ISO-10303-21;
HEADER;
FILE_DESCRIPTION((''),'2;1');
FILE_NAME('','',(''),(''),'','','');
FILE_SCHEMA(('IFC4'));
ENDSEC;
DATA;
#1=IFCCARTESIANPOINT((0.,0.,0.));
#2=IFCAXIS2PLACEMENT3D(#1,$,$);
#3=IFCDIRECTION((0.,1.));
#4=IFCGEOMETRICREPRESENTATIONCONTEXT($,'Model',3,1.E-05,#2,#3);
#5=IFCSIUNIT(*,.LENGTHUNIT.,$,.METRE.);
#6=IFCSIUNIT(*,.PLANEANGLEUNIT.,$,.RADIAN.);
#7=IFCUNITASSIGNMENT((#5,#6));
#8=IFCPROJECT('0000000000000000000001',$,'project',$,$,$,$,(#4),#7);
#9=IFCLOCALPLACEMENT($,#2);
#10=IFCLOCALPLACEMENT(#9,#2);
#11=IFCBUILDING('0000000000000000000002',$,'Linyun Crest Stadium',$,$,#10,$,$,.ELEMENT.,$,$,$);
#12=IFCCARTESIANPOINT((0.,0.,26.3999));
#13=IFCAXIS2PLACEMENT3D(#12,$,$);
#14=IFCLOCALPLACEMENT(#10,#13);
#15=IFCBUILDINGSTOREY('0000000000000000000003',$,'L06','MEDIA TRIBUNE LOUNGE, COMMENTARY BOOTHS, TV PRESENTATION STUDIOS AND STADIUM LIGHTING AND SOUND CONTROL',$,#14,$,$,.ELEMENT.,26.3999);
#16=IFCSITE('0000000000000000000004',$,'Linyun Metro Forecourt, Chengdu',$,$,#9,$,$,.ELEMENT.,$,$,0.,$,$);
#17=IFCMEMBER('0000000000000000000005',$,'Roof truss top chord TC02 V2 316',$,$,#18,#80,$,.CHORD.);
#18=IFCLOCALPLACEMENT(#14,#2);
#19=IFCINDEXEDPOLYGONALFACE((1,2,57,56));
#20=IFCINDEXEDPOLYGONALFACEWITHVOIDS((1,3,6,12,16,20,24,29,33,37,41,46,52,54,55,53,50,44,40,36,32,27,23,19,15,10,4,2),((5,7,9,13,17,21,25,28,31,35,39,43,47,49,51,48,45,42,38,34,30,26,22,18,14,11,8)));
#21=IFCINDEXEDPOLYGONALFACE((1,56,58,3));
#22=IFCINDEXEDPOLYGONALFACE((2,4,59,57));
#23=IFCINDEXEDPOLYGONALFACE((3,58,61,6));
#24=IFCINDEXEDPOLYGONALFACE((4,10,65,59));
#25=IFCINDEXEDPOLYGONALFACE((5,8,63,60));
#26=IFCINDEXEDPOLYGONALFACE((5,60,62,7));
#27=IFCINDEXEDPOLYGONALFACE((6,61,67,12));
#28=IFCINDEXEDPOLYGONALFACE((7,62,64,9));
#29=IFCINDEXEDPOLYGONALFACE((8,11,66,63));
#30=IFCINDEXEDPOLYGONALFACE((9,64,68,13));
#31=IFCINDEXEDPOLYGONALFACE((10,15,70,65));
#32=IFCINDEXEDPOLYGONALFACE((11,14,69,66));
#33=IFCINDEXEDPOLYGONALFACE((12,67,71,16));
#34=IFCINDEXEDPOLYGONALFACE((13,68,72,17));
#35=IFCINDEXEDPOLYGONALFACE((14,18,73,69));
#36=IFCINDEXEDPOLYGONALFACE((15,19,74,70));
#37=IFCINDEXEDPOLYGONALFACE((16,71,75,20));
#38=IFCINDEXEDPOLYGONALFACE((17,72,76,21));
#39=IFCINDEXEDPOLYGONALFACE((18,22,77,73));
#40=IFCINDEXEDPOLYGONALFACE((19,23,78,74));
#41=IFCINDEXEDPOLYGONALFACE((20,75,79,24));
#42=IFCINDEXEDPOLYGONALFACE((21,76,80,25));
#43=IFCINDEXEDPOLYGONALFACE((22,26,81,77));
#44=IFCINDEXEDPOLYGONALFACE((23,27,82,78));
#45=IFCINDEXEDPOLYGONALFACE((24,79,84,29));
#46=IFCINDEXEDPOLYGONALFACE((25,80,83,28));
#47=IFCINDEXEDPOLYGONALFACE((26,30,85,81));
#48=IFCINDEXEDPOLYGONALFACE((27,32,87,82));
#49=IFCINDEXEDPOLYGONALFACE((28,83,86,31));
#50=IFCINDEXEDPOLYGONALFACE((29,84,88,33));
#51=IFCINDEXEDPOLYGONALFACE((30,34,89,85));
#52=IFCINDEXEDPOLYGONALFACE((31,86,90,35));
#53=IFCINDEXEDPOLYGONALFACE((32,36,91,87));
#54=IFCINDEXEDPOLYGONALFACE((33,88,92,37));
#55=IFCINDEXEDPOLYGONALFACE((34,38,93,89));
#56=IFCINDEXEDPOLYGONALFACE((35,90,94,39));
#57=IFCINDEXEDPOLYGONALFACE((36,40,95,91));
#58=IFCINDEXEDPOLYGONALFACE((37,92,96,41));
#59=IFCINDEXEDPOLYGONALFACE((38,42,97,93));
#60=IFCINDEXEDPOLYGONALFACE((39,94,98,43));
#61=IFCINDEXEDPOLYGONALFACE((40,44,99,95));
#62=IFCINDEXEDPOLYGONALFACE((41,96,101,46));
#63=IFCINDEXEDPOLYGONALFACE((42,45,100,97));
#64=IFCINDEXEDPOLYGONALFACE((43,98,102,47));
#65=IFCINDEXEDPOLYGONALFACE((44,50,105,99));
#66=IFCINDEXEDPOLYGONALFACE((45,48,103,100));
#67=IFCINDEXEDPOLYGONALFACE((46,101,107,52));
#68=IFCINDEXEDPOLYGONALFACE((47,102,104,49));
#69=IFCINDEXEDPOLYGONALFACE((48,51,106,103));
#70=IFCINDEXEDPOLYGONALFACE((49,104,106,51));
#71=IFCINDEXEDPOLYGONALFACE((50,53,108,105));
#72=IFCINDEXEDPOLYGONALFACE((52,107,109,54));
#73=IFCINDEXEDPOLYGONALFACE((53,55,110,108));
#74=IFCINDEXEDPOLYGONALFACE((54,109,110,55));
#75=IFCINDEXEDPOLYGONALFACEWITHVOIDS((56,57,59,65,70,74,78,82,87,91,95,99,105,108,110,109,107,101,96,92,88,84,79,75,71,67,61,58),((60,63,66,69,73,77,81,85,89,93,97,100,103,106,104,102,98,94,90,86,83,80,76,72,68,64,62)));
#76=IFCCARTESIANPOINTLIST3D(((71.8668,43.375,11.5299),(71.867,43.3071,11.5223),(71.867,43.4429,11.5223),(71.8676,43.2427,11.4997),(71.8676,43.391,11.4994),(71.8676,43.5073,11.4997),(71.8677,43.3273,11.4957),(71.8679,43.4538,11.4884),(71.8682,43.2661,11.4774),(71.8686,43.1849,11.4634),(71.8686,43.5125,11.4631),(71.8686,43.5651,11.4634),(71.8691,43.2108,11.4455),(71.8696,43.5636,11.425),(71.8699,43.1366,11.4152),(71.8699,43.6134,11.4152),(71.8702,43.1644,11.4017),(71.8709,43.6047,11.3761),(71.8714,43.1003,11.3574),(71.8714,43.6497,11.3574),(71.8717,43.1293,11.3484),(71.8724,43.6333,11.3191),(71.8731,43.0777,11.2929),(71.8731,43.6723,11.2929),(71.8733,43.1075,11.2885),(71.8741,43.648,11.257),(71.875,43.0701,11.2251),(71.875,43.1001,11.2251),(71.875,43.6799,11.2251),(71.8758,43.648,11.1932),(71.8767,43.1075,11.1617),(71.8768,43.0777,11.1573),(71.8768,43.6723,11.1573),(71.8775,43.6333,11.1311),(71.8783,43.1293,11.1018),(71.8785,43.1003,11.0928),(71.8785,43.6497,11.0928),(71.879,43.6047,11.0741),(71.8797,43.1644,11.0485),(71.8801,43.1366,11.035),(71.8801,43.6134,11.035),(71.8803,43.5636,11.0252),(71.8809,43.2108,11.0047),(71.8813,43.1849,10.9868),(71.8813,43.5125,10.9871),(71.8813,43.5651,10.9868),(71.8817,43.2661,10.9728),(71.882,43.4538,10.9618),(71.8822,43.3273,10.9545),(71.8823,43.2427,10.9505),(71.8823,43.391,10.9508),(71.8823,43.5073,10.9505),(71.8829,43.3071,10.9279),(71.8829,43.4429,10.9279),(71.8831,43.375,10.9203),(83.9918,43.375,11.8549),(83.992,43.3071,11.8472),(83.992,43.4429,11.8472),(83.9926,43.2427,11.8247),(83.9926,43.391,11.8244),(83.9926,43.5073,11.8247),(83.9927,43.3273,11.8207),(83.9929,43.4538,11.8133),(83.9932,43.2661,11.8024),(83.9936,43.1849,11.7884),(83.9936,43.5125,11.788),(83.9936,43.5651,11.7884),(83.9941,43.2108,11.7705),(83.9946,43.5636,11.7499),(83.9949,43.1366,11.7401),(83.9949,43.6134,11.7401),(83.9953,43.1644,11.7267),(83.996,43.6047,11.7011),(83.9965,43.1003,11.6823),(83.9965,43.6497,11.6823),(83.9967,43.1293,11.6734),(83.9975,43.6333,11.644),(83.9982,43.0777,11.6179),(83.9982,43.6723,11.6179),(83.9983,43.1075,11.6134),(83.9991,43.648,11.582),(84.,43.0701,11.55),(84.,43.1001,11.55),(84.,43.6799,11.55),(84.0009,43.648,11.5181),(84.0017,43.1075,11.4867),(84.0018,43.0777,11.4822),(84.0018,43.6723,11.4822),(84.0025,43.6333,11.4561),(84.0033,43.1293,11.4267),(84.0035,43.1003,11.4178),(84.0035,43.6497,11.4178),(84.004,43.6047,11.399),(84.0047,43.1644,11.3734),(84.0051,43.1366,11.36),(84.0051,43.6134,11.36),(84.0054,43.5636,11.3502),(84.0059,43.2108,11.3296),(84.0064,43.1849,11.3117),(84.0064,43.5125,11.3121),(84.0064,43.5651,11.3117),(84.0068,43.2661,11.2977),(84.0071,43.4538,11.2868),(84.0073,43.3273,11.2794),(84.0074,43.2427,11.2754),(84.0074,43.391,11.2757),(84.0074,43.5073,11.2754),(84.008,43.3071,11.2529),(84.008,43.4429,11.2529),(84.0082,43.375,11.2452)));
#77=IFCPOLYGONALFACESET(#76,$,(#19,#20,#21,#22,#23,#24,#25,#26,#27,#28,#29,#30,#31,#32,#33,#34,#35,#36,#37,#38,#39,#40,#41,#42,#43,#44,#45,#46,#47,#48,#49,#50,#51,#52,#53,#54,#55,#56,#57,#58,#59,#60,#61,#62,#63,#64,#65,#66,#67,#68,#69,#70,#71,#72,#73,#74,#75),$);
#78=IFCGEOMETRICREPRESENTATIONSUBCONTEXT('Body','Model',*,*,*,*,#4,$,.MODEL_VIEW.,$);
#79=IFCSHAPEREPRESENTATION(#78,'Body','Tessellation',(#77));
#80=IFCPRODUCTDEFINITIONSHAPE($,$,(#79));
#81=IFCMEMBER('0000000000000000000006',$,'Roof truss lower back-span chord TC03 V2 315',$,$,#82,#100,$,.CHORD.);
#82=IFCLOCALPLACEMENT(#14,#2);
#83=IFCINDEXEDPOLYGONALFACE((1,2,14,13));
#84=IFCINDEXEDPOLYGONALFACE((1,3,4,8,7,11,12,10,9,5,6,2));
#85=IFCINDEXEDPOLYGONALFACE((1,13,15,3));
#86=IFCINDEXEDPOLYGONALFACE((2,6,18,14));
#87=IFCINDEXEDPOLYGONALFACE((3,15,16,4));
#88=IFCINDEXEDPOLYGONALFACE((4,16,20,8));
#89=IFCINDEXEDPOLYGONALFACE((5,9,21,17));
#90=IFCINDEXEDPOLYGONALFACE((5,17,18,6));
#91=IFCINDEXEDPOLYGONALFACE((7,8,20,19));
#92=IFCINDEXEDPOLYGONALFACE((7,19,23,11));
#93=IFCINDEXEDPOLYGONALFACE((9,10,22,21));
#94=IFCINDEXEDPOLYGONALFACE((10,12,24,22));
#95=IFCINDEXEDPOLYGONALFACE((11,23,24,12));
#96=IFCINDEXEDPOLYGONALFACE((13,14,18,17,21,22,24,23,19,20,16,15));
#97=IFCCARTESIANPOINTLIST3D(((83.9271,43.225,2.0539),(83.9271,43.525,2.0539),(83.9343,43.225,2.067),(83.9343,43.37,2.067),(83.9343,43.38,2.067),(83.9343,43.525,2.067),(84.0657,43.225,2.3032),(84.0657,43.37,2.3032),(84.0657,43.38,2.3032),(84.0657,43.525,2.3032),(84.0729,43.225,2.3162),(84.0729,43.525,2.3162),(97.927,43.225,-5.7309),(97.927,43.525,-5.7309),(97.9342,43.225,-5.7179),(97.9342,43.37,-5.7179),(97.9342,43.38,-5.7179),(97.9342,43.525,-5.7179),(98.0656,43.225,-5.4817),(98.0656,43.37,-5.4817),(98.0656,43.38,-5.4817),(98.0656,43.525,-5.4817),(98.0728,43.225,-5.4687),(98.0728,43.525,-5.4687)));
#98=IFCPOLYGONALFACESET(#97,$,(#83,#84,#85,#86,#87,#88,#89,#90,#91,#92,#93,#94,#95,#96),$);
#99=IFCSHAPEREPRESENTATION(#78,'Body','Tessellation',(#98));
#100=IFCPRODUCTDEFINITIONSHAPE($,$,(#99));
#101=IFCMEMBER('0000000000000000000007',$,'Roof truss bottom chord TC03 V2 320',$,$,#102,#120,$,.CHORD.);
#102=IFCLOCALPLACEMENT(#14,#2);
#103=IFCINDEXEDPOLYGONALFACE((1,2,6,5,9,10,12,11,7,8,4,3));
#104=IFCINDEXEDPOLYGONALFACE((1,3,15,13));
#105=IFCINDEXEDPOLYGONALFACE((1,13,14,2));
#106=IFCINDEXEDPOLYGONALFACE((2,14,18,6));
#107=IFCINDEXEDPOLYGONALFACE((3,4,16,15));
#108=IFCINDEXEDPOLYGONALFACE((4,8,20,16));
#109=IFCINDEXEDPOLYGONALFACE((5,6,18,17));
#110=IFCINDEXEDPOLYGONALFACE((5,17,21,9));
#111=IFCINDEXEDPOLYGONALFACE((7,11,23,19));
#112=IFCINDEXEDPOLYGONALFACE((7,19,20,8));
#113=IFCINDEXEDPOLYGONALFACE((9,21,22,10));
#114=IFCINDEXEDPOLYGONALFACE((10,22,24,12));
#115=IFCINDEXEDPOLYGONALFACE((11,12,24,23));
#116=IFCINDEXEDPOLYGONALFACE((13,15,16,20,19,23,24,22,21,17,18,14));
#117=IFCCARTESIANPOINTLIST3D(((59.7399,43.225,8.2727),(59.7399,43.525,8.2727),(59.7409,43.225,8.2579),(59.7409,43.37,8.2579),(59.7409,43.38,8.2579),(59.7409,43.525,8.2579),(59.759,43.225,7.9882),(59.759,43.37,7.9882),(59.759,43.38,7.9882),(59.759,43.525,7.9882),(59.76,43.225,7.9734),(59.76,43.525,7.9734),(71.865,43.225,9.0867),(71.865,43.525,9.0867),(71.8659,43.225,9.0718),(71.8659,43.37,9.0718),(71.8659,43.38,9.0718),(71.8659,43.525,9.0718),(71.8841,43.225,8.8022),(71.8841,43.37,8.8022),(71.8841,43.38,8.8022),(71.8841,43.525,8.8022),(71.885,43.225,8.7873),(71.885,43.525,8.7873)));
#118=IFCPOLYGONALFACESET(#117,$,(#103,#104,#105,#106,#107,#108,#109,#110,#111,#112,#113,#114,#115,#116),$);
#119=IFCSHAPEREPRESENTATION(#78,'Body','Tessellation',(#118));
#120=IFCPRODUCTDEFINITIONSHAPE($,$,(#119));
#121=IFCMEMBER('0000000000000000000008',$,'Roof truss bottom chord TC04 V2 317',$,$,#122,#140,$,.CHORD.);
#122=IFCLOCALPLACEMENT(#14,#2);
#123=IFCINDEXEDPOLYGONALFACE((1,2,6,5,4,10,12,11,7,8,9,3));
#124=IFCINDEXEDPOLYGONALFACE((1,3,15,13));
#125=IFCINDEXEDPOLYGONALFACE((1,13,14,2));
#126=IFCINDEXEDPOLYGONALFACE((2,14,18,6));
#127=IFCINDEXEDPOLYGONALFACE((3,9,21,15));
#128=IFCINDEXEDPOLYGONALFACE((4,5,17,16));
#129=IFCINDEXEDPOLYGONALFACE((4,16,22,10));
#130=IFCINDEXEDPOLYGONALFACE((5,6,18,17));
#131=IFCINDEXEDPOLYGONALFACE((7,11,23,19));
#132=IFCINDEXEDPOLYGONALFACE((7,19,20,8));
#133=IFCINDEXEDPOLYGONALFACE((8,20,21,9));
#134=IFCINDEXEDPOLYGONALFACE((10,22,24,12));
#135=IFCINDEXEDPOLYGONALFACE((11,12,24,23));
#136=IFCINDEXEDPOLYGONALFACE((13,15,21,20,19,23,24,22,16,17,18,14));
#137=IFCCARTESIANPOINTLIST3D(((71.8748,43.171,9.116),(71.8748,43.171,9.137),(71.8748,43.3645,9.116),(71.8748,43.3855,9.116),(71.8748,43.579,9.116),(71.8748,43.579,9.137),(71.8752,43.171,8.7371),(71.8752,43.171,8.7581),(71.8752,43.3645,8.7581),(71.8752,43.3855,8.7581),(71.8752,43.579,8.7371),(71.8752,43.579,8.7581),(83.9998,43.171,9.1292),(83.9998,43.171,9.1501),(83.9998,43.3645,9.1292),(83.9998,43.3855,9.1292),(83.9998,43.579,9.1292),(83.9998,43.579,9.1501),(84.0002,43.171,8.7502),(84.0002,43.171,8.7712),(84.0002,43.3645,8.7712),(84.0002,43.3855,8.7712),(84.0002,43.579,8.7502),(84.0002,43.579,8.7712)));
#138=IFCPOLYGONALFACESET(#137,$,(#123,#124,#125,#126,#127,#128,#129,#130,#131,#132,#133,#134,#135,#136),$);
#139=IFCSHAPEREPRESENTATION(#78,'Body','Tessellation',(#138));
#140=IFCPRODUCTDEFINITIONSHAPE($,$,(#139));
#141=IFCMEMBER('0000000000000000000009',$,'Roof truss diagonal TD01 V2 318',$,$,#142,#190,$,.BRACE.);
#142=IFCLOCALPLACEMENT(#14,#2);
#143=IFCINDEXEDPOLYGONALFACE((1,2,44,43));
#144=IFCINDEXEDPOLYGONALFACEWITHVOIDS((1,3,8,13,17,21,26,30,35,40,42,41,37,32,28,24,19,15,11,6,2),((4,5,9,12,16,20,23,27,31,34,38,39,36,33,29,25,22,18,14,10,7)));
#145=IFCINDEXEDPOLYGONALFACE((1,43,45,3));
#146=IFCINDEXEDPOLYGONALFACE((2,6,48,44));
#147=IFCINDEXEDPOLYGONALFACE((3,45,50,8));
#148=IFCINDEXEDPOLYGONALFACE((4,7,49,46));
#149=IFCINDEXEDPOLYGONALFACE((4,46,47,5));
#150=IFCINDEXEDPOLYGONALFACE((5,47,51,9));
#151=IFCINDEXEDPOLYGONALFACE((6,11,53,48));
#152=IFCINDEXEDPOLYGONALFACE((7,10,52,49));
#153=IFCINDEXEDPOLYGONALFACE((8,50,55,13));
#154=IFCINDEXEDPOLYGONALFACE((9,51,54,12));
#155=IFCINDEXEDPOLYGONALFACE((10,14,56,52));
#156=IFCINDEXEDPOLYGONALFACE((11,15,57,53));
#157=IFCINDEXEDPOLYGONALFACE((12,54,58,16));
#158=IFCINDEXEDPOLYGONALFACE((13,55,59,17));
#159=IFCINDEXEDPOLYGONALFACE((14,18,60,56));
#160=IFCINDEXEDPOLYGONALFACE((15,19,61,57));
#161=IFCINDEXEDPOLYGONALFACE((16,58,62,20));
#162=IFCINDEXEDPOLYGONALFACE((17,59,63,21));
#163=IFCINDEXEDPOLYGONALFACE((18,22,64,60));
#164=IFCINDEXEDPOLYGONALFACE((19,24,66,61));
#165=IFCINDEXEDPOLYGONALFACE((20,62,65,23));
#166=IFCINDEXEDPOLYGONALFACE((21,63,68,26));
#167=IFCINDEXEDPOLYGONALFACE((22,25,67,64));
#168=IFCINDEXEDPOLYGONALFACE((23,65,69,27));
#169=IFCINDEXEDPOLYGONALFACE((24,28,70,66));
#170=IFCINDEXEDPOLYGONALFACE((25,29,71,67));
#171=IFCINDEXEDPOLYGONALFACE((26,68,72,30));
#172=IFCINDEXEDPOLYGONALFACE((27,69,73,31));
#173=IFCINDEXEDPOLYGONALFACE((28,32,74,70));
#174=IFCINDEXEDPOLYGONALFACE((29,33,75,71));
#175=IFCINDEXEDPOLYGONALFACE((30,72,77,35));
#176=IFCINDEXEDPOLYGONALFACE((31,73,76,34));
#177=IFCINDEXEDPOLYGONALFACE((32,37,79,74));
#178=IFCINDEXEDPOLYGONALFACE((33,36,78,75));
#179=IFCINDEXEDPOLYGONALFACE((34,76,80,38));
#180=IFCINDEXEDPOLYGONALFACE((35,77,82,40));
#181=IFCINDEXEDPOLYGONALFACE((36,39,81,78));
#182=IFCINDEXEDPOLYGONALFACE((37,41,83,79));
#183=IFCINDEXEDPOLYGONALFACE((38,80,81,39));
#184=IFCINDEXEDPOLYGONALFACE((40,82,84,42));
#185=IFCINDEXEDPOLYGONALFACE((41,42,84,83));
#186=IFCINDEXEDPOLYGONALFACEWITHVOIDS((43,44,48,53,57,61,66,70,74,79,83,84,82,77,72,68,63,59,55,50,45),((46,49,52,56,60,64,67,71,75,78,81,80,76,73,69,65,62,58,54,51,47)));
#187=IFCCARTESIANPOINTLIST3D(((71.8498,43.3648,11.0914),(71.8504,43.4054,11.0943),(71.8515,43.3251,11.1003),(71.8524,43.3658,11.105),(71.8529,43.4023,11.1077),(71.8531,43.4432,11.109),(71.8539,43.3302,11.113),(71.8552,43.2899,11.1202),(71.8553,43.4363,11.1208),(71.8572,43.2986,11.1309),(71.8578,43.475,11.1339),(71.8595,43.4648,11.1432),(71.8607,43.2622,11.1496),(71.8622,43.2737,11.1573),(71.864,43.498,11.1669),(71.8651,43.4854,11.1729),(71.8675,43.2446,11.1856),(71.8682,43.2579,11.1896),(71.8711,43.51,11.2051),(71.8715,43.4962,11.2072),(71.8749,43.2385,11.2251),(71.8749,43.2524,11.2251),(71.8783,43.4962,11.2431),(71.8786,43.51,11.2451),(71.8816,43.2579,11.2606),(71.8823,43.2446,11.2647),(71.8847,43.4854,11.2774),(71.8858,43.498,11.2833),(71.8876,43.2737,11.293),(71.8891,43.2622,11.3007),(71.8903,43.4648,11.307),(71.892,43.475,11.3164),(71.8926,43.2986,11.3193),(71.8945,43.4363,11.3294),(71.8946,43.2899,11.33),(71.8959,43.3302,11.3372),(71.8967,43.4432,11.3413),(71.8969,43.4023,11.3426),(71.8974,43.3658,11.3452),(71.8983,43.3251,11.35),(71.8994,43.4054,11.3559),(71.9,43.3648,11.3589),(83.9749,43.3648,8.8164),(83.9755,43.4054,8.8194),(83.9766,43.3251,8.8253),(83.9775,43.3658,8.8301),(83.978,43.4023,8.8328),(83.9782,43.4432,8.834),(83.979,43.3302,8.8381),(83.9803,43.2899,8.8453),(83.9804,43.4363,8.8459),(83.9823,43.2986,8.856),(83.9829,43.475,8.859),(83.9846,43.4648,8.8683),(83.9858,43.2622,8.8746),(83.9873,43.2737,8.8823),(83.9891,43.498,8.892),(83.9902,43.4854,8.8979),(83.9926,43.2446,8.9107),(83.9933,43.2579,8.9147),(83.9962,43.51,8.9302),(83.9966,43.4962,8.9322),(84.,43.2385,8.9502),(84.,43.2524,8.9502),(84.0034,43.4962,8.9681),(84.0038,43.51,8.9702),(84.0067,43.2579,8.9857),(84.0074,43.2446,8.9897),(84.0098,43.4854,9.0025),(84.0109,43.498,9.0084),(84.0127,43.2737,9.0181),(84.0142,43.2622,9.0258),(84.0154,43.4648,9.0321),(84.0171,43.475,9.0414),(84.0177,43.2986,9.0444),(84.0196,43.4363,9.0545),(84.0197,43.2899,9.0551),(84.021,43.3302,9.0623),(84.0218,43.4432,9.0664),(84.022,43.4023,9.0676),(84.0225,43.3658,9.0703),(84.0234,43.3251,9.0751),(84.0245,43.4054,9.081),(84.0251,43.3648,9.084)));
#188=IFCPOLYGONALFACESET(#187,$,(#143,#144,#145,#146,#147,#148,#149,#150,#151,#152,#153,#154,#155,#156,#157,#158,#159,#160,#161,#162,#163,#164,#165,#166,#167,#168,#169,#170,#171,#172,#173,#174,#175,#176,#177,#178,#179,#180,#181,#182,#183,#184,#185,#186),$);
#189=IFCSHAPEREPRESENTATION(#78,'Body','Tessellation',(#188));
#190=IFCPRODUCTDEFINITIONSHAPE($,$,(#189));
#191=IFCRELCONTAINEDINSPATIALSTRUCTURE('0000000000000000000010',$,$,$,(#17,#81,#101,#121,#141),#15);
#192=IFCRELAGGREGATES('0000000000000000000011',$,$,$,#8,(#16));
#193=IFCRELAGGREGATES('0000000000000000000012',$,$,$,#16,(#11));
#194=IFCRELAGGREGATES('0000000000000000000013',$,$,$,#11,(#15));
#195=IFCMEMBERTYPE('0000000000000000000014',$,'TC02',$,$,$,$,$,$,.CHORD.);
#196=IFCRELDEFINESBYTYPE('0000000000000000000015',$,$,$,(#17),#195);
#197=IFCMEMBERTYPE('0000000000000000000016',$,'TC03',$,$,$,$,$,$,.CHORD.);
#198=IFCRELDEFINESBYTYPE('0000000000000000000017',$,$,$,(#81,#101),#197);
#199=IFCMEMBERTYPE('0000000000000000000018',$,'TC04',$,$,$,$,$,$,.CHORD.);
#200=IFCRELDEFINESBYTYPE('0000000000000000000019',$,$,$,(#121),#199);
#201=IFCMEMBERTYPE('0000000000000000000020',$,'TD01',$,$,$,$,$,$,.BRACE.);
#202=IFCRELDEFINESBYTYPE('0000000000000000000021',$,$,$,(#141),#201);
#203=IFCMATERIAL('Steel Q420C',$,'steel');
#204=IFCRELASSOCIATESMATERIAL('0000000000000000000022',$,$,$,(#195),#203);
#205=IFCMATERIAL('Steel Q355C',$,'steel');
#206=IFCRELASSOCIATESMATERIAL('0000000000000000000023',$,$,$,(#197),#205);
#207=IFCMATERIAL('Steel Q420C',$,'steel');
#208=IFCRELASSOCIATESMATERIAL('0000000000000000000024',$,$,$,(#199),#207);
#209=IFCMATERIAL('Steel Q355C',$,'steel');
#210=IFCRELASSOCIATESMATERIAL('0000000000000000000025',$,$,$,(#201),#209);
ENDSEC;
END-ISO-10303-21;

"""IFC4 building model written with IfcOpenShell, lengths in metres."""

from ifc_helpers import new_model, si_unit, direction, frame, origin, origin_2d, place, context, subcontext, project, spatial, hollow_circle, i_section, extrude, material, material_profile, profile_set, type_object, element, save


model = new_model("IFC4")

# Units and contexts
model_context = context("Model", 3, precision=1e-05, world=origin(), true_north=direction((0.0, 1.0)))
body_context = subcontext(model_context, "Body", "Model", "MODEL_VIEW")
ifc_project = project(units=[si_unit("LENGTHUNIT", "METRE"), si_unit("PLANEANGLEUNIT", "RADIAN")], contexts=[model_context])

# Site, building, storey
site_placement = place(None, origin())
site = spatial("IfcSite", under=ifc_project, at=site_placement, Name="Linyun Metro Forecourt, Chengdu", CompositionType="ELEMENT", RefElevation=0.0)
building_placement = place(site_placement, origin())
building = spatial("IfcBuilding", under=site, at=building_placement, Name="Linyun Crest Stadium", CompositionType="ELEMENT")
storey_placement = place(building_placement, frame((0.0, 0.0, 26.3999)))
storey = spatial("IfcBuildingStorey", under=building, at=storey_placement, Name="L06", Description="MEDIA TRIBUNE LOUNGE, COMMENTARY BOOTHS, TV PRESENTATION STUDIOS AND STADIUM LIGHTING AND SOUND CONTROL", CompositionType="ELEMENT", Elevation=26.3999)

# Members
ifc_material_1 = material(Name="Steel Q420C", Category="steel")
ifc_material_profile_1 = material_profile(ifc_material_1, hollow_circle(Radius=0.3049, WallThickness=0.03, at=origin_2d()), Name="CHS 610x30")
ifc_profile_set_1 = profile_set([ifc_material_profile_1], Name="Steel Q420C")
member_type_1 = type_object("IfcMemberType", Name="TC02", PredefinedType="CHORD", material=ifc_profile_set_1)
member_1_placement = place(storey_placement, frame((84.0, 43.375, 11.55), z_axis=(-0.999641, 0.0, -0.02679), x_axis=(0.0, -1.0, 0.0)))
element("IfcMember", 1, at=member_1_placement, inside=storey, type_object=member_type_1, Name="Roof truss top chord TC02 V2 316", PredefinedType="CHORD", context=body_context, shape_type="SweptSolid", body=[
    extrude(hollow_circle(Radius=0.3049, WallThickness=0.03, at=origin_2d()), origin(), (0.0, 0.0, 1.0), 12.1294),
])
ifc_material_2 = material(Name="Steel Q355C", Category="steel")
ifc_material_profile_2 = material_profile(ifc_material_2, i_section(OverallWidth=0.3, OverallDepth=0.3, WebThickness=0.01, FlangeThickness=0.0149, at=origin_2d()), Name="HW 300x300")
ifc_profile_set_2 = profile_set([ifc_material_profile_2], Name="Steel Q355C")
member_type_2 = type_object("IfcMemberType", Name="TC03", PredefinedType="CHORD", material=ifc_profile_set_2)
member_2_placement = place(storey_placement, frame((84.0, 43.375, 2.1851), z_axis=(0.873968, 0.0, -0.485983), x_axis=(0.0, 1.0, 0.0)))
element("IfcMember", 2, at=member_2_placement, inside=storey, type_object=member_type_2, Name="Roof truss lower back-span chord TC03 V2 315", PredefinedType="CHORD", context=body_context, shape_type="SweptSolid", body=[
    extrude(i_section(OverallWidth=0.3, OverallDepth=0.3, WebThickness=0.01, FlangeThickness=0.0149, at=origin_2d()), origin(), (0.0, 0.0, 1.0), 16.0188),
])
member_3_placement = place(storey_placement, frame((71.875, 43.375, 8.937), z_axis=(-0.997754, 0.0, -0.06698), x_axis=(0.0, -1.0, 0.0)))
element("IfcMember", 3, at=member_3_placement, inside=storey, type_object=member_type_2, Name="Roof truss bottom chord TC03 V2 320", PredefinedType="CHORD", context=body_context, shape_type="SweptSolid", body=[
    extrude(i_section(OverallWidth=0.3, OverallDepth=0.3, WebThickness=0.01, FlangeThickness=0.0149, at=origin_2d()), origin(), (0.0, 0.0, 1.0), 12.1523),
])
ifc_material_3 = material(Name="Steel Q420C", Category="steel")
ifc_material_profile_3 = material_profile(ifc_material_3, i_section(OverallWidth=0.408, OverallDepth=0.3999, WebThickness=0.021, FlangeThickness=0.021, at=origin_2d()), Name="HW 400x408")
ifc_profile_set_3 = profile_set([ifc_material_profile_3], Name="Steel Q420C")
member_type_3 = type_object("IfcMemberType", Name="TC04", PredefinedType="CHORD", material=ifc_profile_set_3)
member_4_placement = place(storey_placement, frame((84.0, 43.375, 8.9502), z_axis=(-0.999999, 0.0, -0.001087), x_axis=(0.0, -1.0, 0.0)))
element("IfcMember", 4, at=member_4_placement, inside=storey, type_object=member_type_3, Name="Roof truss bottom chord TC04 V2 317", PredefinedType="CHORD", context=body_context, shape_type="SweptSolid", body=[
    extrude(i_section(OverallWidth=0.408, OverallDepth=0.3999, WebThickness=0.021, FlangeThickness=0.021, at=origin_2d()), origin(), (0.0, 0.0, 1.0), 12.125),
])
ifc_material_4 = material(Name="Steel Q355C", Category="steel")
ifc_material_profile_4 = material_profile(ifc_material_4, hollow_circle(Radius=0.1365, WallThickness=0.0139, at=origin_2d()), Name="CHS 273x14")
ifc_profile_set_4 = profile_set([ifc_material_profile_4], Name="Steel Q355C")
member_type_4 = type_object("IfcMemberType", Name="TD01", PredefinedType="BRACE", material=ifc_profile_set_4)
member_5_placement = place(storey_placement, frame((84.0, 43.375, 8.9502), z_axis=(-0.982851, 0.0, 0.184403), x_axis=(0.0, -1.0, 0.0)))
element("IfcMember", 5, at=member_5_placement, inside=storey, type_object=member_type_4, Name="Roof truss diagonal TD01 V2 318", PredefinedType="BRACE", context=body_context, shape_type="SweptSolid", body=[
    extrude(hollow_circle(Radius=0.1365, WallThickness=0.0139, at=origin_2d()), origin(), (0.0, 0.0, 1.0), 12.3367),
])

save(model, "model.ifc")
